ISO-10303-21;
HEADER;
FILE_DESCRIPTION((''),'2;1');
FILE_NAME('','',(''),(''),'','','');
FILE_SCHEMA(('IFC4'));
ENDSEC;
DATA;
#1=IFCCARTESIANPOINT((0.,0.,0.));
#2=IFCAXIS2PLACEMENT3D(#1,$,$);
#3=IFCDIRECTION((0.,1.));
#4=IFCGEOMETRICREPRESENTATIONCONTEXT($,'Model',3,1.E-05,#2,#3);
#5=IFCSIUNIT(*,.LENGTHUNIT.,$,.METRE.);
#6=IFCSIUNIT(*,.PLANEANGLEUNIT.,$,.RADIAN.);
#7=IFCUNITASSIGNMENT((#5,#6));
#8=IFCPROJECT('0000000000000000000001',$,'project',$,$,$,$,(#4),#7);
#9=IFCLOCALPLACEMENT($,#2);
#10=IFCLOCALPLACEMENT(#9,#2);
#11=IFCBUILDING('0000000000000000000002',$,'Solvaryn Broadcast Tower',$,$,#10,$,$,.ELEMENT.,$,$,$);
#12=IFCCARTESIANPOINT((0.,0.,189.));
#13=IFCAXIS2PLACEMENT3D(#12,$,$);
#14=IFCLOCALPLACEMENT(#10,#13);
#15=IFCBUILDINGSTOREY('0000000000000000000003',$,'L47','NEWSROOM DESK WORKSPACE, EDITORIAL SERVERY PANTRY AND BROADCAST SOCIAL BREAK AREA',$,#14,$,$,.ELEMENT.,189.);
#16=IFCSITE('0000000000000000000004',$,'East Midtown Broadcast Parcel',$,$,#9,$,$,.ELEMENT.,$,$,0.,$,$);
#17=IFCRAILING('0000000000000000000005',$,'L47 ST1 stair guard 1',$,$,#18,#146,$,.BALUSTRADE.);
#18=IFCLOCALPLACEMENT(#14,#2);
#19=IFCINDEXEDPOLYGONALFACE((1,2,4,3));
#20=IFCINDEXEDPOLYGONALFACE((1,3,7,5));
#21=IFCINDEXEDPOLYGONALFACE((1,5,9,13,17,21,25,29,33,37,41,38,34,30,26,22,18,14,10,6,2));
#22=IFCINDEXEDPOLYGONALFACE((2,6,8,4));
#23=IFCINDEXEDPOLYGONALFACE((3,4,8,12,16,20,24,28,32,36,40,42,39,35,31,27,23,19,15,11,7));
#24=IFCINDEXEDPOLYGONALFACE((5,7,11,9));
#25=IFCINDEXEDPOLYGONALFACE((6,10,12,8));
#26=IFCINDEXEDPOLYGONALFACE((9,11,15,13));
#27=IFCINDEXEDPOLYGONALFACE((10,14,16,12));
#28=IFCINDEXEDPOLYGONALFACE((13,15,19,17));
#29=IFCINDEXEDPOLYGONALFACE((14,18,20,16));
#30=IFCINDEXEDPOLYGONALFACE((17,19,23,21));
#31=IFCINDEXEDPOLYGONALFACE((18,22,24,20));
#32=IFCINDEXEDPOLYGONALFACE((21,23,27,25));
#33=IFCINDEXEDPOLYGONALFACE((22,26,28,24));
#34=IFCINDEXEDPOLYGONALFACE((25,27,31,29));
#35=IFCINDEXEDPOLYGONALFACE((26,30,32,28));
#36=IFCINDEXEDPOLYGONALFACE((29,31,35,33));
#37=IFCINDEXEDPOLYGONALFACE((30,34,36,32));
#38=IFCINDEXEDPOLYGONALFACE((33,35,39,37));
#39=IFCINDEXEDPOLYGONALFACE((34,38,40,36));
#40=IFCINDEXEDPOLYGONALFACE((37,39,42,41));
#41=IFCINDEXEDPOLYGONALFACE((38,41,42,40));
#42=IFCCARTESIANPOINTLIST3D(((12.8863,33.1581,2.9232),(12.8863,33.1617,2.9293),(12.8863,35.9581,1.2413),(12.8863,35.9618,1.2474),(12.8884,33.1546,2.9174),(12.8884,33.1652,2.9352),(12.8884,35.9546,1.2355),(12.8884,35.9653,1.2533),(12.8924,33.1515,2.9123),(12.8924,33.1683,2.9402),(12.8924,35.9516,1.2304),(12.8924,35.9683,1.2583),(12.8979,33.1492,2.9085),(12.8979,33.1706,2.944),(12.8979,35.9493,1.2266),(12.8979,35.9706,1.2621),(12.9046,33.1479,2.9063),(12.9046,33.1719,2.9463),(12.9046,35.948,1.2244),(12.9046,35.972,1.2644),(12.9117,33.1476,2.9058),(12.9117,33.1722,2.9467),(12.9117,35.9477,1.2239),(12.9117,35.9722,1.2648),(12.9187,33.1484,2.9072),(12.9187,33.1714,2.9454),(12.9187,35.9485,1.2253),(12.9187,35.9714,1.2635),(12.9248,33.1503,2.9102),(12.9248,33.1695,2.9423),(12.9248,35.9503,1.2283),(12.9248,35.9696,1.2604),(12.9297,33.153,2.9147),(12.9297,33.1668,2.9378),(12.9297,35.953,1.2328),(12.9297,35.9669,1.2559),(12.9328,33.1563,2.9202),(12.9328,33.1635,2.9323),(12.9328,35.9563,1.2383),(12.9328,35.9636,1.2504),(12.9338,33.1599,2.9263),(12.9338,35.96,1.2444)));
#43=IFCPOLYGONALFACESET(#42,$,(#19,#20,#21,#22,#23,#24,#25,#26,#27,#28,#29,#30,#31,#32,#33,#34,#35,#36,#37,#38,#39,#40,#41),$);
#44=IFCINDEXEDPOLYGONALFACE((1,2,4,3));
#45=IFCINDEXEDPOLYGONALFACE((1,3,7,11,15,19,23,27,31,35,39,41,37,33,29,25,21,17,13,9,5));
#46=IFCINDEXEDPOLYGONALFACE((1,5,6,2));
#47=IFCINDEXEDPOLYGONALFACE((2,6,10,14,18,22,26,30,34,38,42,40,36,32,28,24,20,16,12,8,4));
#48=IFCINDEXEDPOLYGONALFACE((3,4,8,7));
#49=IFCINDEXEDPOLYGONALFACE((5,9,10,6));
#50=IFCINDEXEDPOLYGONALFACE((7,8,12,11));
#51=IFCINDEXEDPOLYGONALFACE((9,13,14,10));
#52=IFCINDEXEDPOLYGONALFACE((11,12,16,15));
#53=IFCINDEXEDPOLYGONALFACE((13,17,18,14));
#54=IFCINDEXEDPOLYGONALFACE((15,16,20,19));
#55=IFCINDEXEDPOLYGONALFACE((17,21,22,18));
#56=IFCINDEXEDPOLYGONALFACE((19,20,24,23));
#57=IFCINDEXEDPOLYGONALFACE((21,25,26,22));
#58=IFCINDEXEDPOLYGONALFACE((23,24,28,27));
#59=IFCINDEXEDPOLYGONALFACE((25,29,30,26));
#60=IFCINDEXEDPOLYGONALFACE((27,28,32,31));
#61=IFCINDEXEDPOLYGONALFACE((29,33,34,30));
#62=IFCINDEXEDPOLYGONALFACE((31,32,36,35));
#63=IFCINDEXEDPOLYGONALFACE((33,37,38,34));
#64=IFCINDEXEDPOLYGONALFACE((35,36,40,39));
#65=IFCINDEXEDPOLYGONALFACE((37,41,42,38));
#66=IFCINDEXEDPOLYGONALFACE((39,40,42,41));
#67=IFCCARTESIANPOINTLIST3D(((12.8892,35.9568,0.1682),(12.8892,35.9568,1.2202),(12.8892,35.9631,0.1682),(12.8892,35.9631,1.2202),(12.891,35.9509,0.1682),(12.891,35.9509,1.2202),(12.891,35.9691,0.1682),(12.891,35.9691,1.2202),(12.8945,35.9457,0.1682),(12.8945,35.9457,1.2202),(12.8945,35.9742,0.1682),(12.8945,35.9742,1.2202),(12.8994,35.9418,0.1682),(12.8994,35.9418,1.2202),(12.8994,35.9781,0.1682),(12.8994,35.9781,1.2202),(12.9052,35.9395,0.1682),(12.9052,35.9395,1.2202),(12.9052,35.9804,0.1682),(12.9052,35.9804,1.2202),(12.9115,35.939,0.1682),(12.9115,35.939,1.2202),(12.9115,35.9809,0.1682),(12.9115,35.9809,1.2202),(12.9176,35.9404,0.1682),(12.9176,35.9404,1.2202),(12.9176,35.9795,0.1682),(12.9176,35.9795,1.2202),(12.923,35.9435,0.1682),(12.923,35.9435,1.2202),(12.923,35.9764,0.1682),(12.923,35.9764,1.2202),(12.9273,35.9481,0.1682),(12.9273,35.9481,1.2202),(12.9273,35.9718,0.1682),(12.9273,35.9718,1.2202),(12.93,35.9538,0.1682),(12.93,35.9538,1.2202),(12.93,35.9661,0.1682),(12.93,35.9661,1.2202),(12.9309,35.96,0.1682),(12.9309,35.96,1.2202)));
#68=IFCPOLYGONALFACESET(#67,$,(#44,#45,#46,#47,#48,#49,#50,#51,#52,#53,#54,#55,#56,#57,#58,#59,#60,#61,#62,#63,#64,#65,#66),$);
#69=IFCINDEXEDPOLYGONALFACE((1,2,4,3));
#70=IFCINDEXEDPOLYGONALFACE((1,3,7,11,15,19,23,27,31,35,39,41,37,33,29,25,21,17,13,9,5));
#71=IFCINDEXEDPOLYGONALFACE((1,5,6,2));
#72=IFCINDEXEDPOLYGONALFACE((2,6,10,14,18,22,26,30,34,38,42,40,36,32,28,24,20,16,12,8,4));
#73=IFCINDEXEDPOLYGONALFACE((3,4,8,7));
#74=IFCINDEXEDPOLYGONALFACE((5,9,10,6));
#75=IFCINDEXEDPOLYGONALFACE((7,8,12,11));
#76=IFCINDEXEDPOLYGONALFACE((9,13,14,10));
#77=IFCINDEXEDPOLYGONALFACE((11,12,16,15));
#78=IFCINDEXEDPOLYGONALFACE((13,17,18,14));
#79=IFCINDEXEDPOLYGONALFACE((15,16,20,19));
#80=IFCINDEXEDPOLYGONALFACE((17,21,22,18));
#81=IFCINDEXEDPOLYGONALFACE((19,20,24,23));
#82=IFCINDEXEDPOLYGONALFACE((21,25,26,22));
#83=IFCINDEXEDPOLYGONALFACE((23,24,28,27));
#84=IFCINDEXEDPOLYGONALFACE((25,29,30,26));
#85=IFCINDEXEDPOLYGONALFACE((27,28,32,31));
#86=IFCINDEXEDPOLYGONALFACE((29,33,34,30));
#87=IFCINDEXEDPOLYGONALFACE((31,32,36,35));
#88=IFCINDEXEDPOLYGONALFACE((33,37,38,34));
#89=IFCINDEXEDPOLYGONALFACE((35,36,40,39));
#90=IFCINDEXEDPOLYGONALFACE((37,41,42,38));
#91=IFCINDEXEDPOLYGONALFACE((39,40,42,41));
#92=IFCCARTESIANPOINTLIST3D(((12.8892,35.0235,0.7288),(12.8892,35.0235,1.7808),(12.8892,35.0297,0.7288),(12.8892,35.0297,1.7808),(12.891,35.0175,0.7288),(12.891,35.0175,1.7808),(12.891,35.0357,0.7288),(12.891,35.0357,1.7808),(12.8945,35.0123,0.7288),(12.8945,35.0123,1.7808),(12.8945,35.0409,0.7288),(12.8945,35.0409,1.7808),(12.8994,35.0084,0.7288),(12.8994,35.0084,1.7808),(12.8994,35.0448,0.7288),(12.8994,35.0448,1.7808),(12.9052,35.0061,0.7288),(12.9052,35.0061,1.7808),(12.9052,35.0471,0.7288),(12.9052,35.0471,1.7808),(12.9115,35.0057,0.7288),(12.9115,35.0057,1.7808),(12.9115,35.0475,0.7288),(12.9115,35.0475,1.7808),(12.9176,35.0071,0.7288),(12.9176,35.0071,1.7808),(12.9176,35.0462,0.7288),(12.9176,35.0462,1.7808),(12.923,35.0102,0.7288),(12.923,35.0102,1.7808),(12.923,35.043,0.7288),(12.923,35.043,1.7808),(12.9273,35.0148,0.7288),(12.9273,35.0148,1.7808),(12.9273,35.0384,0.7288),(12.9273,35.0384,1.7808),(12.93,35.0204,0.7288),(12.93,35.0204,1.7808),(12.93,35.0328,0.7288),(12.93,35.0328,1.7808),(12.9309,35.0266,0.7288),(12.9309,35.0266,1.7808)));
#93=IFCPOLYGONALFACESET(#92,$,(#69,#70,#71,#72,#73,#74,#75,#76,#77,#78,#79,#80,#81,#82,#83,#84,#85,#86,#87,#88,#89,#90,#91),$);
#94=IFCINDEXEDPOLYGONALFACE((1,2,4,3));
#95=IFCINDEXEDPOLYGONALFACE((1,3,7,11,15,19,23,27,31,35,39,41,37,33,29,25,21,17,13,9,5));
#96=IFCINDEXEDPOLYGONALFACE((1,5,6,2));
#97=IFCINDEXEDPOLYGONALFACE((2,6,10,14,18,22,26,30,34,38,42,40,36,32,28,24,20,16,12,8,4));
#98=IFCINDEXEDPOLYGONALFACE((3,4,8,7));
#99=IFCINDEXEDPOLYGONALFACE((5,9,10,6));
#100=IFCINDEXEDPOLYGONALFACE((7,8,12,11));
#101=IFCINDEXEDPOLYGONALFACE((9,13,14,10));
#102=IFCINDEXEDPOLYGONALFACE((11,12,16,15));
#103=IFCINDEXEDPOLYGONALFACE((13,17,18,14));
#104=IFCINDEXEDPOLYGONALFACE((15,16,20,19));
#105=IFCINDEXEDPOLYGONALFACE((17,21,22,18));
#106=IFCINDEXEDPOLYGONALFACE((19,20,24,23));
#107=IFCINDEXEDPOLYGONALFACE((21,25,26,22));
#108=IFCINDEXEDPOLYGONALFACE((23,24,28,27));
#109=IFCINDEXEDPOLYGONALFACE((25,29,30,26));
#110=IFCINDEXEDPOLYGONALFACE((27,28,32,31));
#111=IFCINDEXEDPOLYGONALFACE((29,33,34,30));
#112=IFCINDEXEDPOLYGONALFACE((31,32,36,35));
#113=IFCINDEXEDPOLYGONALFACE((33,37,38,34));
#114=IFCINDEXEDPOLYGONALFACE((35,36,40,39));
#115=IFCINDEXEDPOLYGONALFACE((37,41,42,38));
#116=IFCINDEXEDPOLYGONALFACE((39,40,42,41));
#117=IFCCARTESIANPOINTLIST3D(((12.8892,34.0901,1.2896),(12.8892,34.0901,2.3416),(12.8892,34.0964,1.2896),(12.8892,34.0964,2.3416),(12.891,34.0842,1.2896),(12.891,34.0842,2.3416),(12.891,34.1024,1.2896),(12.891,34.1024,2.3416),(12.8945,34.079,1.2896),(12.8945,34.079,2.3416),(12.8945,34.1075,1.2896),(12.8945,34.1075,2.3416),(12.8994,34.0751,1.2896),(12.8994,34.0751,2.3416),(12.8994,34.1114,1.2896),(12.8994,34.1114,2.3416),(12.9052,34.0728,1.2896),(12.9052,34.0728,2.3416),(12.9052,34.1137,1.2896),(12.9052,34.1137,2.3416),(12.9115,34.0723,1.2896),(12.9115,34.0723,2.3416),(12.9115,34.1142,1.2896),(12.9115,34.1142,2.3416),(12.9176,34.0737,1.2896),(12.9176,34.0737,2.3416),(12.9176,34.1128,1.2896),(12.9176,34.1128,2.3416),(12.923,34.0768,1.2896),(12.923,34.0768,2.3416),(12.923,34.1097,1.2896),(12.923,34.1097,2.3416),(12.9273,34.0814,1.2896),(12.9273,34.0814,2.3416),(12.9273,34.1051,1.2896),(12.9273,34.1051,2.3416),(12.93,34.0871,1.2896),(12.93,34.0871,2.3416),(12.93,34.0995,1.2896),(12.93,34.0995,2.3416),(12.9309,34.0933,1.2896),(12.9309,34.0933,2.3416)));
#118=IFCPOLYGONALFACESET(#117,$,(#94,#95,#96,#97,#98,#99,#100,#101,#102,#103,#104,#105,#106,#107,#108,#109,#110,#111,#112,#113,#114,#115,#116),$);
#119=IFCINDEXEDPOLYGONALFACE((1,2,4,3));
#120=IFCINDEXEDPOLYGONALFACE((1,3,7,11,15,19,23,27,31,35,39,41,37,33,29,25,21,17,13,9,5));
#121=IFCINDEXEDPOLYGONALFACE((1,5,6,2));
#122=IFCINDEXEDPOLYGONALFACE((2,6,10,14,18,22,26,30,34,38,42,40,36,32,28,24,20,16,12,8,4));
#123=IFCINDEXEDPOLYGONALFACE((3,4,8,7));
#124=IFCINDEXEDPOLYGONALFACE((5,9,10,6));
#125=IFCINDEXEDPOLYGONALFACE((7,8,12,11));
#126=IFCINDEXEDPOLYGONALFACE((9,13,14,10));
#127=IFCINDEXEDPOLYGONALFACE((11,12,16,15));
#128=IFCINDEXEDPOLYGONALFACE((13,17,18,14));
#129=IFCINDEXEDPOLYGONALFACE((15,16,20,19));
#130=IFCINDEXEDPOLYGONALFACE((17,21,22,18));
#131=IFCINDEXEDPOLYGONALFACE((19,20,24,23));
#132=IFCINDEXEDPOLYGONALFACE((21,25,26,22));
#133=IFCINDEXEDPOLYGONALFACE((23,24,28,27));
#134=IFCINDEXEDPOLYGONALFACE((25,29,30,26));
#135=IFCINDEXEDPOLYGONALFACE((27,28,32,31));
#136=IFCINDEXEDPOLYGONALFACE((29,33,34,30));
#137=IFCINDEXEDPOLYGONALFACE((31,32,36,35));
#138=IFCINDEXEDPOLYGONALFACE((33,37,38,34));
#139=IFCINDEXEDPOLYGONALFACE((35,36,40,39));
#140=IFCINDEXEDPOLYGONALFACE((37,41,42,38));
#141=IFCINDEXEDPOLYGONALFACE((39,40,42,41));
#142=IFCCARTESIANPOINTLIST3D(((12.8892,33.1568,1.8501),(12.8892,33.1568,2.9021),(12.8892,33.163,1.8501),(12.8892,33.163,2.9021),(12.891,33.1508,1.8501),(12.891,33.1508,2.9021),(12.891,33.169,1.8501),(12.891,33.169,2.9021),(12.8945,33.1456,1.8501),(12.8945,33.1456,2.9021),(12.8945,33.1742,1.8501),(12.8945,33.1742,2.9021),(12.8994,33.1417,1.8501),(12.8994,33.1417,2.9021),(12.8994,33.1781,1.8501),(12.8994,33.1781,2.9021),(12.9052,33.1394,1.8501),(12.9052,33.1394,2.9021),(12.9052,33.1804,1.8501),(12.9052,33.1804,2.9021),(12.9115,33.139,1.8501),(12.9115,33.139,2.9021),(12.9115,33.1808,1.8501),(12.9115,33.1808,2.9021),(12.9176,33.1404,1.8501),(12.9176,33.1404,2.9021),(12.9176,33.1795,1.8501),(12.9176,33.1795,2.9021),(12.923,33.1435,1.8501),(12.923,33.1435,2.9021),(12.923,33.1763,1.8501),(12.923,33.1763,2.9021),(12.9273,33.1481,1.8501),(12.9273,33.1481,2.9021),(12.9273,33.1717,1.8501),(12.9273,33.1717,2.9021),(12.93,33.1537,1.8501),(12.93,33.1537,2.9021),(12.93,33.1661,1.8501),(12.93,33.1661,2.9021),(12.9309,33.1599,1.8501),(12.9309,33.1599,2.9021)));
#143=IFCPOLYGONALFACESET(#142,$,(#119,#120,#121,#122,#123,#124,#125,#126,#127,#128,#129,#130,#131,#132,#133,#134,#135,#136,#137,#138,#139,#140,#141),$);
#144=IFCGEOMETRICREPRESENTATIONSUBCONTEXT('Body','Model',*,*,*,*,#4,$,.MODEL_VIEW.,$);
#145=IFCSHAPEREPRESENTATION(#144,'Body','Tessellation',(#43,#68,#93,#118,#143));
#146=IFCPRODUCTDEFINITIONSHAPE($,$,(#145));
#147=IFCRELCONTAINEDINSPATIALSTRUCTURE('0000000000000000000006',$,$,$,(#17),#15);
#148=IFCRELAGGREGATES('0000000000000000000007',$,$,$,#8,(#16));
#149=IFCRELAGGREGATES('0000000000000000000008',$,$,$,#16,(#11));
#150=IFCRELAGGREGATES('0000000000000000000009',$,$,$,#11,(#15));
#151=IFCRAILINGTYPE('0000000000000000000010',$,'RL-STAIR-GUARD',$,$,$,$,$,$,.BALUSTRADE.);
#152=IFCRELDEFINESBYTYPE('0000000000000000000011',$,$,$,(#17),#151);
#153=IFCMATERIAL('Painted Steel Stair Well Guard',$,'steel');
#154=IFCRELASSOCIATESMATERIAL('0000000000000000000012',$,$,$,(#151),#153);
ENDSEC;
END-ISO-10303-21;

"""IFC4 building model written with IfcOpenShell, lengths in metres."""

from ifc_helpers import new_model, si_unit, direction, frame, origin, origin_2d, place, context, subcontext, project, spatial, circle, extrude, material, type_object, element, save


model = new_model("IFC4")

# Units and contexts
model_context = context("Model", 3, precision=1e-05, world=origin(), true_north=direction((0.0, 1.0)))
body_context = subcontext(model_context, "Body", "Model", "MODEL_VIEW")
ifc_project = project(units=[si_unit("LENGTHUNIT", "METRE"), si_unit("PLANEANGLEUNIT", "RADIAN")], contexts=[model_context])

# Site, building, storey
site_placement = place(None, origin())
site = spatial("IfcSite", under=ifc_project, at=site_placement, Name="East Midtown Broadcast Parcel", CompositionType="ELEMENT", RefElevation=0.0)
building_placement = place(site_placement, origin())
building = spatial("IfcBuilding", under=site, at=building_placement, Name="Solvaryn Broadcast Tower", CompositionType="ELEMENT")
storey_placement = place(building_placement, frame((0.0, 0.0, 189.0)))
storey = spatial("IfcBuildingStorey", under=building, at=storey_placement, Name="L47", Description="NEWSROOM DESK WORKSPACE, EDITORIAL SERVERY PANTRY AND BROADCAST SOCIAL BREAK AREA", CompositionType="ELEMENT", Elevation=189.0)

# Railing
ifc_material_1 = material(Name="Painted Steel Stair Well Guard", Category="steel")
railing_type_1 = type_object("IfcRailingType", Name="RL-STAIR-GUARD", PredefinedType="BALUSTRADE", material=ifc_material_1)
railing_1_placement = place(storey_placement, frame((12.9099, 35.96, 0.1682)))
element("IfcRailing", 1, at=railing_1_placement, inside=storey, type_object=railing_type_1, Name="L47 ST1 stair guard 1", PredefinedType="BALUSTRADE", context=body_context, shape_type="SweptSolid", body=[
    extrude(circle(Radius=0.0239, at=origin_2d()), frame((0.0, 0.0, 1.0762), z_axis=(0.0, -0.857242, 0.514913), x_axis=(1.0, 0.0, 0.0)), (0.0, 0.0, 1.0), 3.2664),
    extrude(circle(Radius=0.021, at=origin_2d()), origin(), (0.0, 0.0, 1.0), 1.052),
    extrude(circle(Radius=0.021, at=origin_2d()), frame((0.0, -0.9333, 0.5605)), (0.0, 0.0, 1.0), 1.052),
    extrude(circle(Radius=0.021, at=origin_2d()), frame((0.0, -1.8667, 1.1213)), (0.0, 0.0, 1.0), 1.052),
    extrude(circle(Radius=0.021, at=origin_2d()), frame((0.0, -2.8, 1.6819)), (0.0, 0.0, 1.0), 1.052),
])

save(model, "model.ifc")
